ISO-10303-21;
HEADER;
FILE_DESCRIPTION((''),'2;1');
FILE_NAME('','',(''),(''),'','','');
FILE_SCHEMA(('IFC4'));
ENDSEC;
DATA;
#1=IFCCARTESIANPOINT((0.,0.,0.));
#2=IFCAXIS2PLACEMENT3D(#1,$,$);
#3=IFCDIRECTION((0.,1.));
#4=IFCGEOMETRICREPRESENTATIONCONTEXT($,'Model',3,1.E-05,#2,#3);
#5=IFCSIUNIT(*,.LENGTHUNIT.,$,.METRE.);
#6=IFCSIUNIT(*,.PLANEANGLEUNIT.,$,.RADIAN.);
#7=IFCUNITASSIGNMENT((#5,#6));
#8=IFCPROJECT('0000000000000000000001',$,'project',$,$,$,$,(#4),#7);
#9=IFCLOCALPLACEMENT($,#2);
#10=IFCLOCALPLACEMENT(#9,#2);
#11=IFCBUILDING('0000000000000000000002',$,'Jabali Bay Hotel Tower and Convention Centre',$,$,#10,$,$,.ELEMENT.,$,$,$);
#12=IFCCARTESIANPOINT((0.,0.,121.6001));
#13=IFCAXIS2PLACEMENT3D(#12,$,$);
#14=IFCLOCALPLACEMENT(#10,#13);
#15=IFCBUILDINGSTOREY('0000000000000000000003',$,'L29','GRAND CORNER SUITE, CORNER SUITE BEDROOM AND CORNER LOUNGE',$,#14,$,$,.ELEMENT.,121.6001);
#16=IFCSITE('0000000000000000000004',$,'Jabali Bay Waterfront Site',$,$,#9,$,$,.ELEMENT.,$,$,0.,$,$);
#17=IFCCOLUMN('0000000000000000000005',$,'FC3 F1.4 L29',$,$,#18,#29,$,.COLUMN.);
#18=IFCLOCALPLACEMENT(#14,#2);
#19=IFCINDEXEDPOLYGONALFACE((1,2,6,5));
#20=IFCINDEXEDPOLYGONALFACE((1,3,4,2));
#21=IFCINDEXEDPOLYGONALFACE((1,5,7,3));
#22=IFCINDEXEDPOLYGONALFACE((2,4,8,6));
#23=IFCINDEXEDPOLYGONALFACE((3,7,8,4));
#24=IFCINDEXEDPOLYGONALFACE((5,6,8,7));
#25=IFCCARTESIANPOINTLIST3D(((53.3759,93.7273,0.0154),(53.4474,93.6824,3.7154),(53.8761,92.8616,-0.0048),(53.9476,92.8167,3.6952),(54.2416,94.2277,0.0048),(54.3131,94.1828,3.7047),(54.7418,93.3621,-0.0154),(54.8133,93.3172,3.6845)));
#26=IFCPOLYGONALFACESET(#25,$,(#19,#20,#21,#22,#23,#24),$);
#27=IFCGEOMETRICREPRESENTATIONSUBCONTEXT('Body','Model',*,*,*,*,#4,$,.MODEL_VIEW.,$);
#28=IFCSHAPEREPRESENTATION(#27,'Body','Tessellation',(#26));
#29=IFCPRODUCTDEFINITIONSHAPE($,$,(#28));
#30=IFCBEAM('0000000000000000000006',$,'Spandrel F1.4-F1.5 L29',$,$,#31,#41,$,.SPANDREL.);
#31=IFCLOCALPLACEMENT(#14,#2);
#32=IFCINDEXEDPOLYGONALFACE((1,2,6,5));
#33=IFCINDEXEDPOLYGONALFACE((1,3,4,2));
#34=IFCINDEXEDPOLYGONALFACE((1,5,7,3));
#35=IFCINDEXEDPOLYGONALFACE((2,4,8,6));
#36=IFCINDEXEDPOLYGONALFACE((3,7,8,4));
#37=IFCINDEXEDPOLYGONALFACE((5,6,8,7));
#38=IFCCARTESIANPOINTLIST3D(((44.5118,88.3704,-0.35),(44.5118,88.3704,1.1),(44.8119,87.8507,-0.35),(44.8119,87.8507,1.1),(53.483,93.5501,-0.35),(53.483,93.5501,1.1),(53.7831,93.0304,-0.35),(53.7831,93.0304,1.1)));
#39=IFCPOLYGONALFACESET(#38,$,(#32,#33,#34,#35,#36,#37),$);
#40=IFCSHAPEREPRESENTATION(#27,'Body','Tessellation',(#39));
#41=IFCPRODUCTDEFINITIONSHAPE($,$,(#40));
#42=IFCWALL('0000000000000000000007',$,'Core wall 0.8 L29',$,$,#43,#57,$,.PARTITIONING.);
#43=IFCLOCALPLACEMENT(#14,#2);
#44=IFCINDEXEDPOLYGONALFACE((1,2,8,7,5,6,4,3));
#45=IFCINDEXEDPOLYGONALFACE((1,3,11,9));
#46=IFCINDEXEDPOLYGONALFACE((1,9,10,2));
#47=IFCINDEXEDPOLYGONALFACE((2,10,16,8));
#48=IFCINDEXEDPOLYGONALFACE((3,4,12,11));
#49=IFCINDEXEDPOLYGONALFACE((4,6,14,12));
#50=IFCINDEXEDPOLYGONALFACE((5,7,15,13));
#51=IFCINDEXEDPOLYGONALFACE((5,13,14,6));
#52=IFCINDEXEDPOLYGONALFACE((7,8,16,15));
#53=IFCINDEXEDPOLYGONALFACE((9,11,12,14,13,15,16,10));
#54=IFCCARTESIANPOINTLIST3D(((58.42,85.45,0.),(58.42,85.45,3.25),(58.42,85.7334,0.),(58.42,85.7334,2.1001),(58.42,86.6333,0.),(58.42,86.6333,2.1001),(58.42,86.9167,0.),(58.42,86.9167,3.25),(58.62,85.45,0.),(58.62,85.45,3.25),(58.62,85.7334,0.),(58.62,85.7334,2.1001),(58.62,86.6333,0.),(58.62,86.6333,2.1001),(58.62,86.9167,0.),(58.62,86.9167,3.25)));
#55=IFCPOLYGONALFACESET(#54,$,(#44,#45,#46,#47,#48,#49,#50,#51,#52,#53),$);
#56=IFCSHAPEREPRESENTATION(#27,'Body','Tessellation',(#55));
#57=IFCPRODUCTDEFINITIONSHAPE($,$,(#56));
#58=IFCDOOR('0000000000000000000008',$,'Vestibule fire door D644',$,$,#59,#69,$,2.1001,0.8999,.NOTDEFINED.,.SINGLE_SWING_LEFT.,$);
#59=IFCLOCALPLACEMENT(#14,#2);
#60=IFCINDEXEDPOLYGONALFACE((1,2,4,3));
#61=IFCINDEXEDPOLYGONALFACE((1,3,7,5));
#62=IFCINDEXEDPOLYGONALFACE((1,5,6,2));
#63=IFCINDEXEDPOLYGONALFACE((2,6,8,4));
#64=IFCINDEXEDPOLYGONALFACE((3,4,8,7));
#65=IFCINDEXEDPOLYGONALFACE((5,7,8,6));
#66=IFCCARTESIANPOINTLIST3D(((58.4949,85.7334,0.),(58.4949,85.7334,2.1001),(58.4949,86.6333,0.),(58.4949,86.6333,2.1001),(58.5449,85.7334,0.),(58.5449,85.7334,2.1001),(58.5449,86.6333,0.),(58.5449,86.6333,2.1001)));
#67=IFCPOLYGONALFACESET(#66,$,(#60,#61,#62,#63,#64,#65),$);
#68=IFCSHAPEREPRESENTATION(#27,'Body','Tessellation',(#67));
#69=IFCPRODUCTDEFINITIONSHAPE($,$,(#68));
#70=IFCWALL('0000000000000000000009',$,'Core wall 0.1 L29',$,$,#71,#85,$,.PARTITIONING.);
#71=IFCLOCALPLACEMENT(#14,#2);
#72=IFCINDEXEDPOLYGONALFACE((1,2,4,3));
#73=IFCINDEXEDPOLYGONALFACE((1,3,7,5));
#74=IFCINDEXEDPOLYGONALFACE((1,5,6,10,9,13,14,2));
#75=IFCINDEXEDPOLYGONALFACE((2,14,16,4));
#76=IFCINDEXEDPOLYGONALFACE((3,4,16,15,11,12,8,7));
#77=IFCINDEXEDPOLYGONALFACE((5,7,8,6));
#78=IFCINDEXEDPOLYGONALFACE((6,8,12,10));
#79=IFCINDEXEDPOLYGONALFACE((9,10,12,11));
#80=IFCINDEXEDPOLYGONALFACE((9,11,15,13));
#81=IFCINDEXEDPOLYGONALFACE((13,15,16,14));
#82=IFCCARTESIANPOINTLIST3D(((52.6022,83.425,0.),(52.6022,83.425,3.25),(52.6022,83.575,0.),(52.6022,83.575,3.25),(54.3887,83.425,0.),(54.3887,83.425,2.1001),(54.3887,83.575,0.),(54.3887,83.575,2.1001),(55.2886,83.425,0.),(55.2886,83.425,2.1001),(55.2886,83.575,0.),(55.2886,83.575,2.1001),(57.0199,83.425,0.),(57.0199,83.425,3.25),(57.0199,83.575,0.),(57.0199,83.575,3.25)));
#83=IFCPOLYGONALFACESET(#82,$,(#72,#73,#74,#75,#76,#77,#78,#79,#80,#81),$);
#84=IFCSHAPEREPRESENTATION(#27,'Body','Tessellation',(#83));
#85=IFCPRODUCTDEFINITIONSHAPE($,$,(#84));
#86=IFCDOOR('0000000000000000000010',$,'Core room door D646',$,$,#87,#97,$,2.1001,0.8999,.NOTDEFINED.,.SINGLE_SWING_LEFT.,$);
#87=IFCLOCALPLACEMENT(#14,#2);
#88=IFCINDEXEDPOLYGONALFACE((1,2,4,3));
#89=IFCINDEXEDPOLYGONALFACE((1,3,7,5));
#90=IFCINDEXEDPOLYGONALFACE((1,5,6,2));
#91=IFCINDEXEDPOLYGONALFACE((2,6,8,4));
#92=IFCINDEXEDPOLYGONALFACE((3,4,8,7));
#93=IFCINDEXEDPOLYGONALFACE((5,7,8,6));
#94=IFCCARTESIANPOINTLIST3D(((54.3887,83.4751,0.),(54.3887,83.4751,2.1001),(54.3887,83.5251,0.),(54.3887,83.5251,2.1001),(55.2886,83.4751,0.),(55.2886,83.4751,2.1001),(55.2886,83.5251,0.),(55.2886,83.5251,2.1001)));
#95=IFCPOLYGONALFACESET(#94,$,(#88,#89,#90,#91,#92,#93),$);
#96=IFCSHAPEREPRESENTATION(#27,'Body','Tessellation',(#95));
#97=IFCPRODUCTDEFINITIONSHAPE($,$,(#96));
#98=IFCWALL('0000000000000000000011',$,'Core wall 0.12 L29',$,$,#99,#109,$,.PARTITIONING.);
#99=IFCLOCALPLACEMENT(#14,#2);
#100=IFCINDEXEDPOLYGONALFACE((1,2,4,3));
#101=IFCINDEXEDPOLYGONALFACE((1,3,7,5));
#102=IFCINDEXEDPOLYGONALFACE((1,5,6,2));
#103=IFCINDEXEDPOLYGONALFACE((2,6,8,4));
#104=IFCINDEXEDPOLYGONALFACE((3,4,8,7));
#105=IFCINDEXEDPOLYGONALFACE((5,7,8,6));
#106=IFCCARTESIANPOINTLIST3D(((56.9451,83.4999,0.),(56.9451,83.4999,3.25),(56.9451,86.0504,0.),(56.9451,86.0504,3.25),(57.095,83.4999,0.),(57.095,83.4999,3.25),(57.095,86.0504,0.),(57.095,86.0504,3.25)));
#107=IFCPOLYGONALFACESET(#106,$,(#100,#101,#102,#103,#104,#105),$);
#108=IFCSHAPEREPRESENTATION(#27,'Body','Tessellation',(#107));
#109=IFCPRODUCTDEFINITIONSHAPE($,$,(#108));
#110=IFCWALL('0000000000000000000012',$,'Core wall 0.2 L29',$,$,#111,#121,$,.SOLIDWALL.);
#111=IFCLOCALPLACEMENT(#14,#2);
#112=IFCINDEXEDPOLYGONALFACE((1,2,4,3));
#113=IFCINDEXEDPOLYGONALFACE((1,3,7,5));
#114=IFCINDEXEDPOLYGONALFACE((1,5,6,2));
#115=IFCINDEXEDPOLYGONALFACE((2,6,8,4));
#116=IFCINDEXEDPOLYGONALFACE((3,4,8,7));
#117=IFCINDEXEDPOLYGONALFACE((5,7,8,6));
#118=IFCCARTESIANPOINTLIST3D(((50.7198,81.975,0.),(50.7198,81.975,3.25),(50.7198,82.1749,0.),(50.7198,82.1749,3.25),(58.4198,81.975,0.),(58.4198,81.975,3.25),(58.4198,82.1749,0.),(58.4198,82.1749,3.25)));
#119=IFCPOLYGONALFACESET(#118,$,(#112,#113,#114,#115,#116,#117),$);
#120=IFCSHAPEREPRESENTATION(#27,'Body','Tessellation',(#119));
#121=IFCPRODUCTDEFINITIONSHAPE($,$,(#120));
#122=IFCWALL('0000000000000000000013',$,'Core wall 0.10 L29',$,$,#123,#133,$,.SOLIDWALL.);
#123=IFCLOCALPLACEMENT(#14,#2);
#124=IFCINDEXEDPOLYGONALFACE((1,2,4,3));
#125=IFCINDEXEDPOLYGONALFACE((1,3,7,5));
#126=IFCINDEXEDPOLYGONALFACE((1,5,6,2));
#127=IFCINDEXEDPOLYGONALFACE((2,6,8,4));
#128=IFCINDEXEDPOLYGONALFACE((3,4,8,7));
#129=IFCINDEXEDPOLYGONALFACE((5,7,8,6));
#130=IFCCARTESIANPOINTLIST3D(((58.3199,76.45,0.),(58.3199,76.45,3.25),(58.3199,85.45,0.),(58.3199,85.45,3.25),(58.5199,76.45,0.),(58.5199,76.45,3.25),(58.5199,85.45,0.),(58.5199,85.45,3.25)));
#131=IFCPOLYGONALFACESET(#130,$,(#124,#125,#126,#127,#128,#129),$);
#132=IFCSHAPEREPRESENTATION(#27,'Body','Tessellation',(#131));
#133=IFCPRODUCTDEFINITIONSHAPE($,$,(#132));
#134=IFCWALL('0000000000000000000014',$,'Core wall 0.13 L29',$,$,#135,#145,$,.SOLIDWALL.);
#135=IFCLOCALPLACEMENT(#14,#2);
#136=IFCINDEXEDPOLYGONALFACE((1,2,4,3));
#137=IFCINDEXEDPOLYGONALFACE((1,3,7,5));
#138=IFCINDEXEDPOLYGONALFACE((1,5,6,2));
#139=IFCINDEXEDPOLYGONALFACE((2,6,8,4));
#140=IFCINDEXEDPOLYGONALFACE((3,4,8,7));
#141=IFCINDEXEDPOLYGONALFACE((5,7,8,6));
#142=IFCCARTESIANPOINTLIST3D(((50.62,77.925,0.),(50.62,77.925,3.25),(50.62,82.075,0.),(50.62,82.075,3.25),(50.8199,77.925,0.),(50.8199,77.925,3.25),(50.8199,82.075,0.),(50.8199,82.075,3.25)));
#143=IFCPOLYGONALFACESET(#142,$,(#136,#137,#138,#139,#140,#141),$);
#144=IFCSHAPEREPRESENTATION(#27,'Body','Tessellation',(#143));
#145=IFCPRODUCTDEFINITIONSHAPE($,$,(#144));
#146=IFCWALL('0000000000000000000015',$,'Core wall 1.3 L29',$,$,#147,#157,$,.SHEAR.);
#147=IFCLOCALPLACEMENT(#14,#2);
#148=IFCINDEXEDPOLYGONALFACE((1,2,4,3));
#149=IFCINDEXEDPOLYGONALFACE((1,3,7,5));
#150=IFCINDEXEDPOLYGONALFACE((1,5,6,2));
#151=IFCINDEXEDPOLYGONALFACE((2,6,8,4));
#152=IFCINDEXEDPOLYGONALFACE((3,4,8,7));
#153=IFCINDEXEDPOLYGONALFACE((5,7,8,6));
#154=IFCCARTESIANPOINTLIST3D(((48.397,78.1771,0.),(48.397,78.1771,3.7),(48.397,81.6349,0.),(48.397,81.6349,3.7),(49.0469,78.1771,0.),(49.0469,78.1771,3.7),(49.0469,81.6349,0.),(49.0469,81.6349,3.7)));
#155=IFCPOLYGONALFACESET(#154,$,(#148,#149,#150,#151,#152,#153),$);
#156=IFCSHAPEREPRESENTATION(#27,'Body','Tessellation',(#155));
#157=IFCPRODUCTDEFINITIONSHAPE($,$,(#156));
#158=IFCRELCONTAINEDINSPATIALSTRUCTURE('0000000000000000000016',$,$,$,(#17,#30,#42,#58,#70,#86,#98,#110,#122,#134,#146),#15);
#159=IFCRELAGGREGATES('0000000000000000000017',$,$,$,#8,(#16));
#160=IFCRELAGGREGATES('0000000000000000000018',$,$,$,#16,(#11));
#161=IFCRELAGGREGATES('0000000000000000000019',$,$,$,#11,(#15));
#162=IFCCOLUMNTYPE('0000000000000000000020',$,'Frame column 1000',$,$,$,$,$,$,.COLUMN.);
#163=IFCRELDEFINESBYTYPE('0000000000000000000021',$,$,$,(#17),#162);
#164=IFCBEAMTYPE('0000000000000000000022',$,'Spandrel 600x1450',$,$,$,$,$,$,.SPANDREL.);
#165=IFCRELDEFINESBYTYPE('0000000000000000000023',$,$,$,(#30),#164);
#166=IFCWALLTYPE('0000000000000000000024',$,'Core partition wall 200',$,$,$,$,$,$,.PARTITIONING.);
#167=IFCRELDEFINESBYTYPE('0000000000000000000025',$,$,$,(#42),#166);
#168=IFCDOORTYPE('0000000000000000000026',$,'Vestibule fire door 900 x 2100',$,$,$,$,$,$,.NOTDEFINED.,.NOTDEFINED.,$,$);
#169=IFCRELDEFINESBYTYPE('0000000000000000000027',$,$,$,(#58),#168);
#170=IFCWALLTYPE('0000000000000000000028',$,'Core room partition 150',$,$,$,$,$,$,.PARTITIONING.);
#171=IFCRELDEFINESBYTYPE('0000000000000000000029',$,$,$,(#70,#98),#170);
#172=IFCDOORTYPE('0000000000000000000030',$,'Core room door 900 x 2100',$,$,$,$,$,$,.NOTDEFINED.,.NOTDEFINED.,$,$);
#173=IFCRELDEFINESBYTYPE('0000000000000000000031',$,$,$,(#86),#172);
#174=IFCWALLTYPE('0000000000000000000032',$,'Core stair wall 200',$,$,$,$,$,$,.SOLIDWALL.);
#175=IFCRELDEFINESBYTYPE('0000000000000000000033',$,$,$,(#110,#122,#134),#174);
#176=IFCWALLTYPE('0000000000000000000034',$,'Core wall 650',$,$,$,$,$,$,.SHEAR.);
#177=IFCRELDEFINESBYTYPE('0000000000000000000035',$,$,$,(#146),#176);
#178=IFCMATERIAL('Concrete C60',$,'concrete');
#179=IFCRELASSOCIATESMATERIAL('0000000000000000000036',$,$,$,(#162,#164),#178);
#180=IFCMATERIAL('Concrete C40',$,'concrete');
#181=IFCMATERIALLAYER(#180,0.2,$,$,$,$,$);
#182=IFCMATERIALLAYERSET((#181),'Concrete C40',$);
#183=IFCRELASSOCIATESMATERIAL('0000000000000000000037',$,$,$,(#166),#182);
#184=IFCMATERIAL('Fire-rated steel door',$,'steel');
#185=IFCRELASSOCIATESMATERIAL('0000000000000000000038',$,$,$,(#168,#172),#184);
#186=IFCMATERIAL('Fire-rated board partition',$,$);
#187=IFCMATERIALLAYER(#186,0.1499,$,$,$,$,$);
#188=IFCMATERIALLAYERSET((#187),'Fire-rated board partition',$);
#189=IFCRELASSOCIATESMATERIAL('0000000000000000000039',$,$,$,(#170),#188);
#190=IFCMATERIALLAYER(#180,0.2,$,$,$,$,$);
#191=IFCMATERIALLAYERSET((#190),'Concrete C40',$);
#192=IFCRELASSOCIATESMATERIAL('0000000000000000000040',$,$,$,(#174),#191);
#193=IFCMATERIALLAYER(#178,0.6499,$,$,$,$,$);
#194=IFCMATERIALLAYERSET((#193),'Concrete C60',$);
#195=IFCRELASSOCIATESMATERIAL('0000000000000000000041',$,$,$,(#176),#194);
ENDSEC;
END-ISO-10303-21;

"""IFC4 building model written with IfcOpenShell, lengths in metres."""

from ifc_helpers import new_model, si_unit, direction, frame, frame_2d, origin, origin_2d, place, context, subcontext, project, spatial, rectangle, extrude, material, layer, layer_set, material_profile, profile_set, type_object, element, fill, save


model = new_model("IFC4")

# Units and contexts
model_context = context("Model", 3, precision=1e-05, world=origin(), true_north=direction((0.0, 1.0)))
body_context = subcontext(model_context, "Body", "Model", "MODEL_VIEW")
ifc_project = project(units=[si_unit("LENGTHUNIT", "METRE"), si_unit("PLANEANGLEUNIT", "RADIAN")], contexts=[model_context])

# Site, building, storey
site_placement = place(None, origin())
site = spatial("IfcSite", under=ifc_project, at=site_placement, Name="Jabali Bay Waterfront Site", CompositionType="ELEMENT", RefElevation=0.0)
building_placement = place(site_placement, origin())
building = spatial("IfcBuilding", under=site, at=building_placement, Name="Jabali Bay Hotel Tower and Convention Centre", CompositionType="ELEMENT")
storey_placement = place(building_placement, frame((0.0, 0.0, 121.6001)))
storey = spatial("IfcBuildingStorey", under=building, at=storey_placement, Name="L29", Description="GRAND CORNER SUITE, CORNER SUITE BEDROOM AND CORNER LOUNGE", CompositionType="ELEMENT", Elevation=121.6001)

# Column
ifc_material_1 = material(Name="Concrete C60", Category="concrete")
ifc_material_profile_1 = material_profile(ifc_material_1, rectangle(XDim=1.0, YDim=1.0, at=origin_2d()), Name="Frame column 1000")
ifc_profile_set_1 = profile_set([ifc_material_profile_1], Name="Concrete C60")
column_type = type_object("IfcColumnType", Name="Frame column 1000", PredefinedType="COLUMN", material=ifc_profile_set_1)
column_placement = place(storey_placement, frame((54.0588, 93.5447, 0.0), z_axis=(0.019329, -0.012138, 0.99974), x_axis=(-0.500209, 0.86567, 0.020181)))
element("IfcColumn", 1, at=column_placement, inside=storey, type_object=column_type, Name="FC3 F1.4 L29", PredefinedType="COLUMN", context=body_context, shape_type="SweptSolid", body=[
    extrude(rectangle(XDim=1.0, YDim=1.0, at=origin_2d()), origin(), (0.0, 0.0, 1.0), 3.7009),
])

# Beam
ifc_material_profile_2 = material_profile(ifc_material_1, rectangle(XDim=0.6001, YDim=1.45, at=origin_2d()), Name="Spandrel 600x1450")
ifc_profile_set_2 = profile_set([ifc_material_profile_2], Name="Concrete C60")
beam_type = type_object("IfcBeamType", Name="Spandrel 600x1450", PredefinedType="SPANDREL", material=ifc_profile_set_2)
beam_placement = place(storey_placement, frame((53.6331, 93.2903, 0.375), z_axis=(-0.866018, -0.500012, 0.0), x_axis=(0.500012, -0.866018, 0.0)))
element("IfcBeam", 2, at=beam_placement, inside=storey, type_object=beam_type, Name="Spandrel F1.4-F1.5 L29", PredefinedType="SPANDREL", context=body_context, shape_type="SweptSolid", body=[
    extrude(rectangle(XDim=0.6001, YDim=1.45, at=origin_2d()), origin(), (0.0, 0.0, 1.0), 10.3591),
])

# Walls, openings, doors
ifc_material_2 = material(Name="Concrete C40", Category="concrete")
ifc_layer_1 = layer(ifc_material_2, 0.2)
ifc_layer_set_1 = layer_set([ifc_layer_1], Name="Concrete C40")
wall_type_1 = type_object("IfcWallType", Name="Core partition wall 200", PredefinedType="PARTITIONING", material=ifc_layer_set_1)
wall_1_placement = place(storey_placement, frame((58.52, 86.9167, 0.0), z_axis=(0.0, 0.0, 1.0), x_axis=(0.0, -1.0, 0.0)))
wall_1 = element("IfcWall", 3, at=wall_1_placement, inside=storey, type_object=wall_type_1, Name="Core wall 0.8 L29", PredefinedType="PARTITIONING", context=body_context, shape_type="SweptSolid", body=[
    extrude(rectangle(XDim=1.4668, YDim=0.2, at=frame_2d((0.7334, 0.0))), origin(), (0.0, 0.0, 1.0), 3.25),
])
opening_1_placement = place(wall_1_placement, frame((0.2834, 0.0, 0.0)))
opening_1 = element("IfcOpeningElement", 4, at=opening_1_placement, cuts=wall_1, PredefinedType="OPENING", context=body_context, shape_type="SweptSolid", body=[
    extrude(rectangle(XDim=0.8999, YDim=2.1001, at=frame_2d((0.45, 1.05))), frame((0.0, 0.1104, 0.0), z_axis=(0.0, -1.0, 0.0), x_axis=(1.0, 0.0, 0.0)), (0.0, 0.0, 1.0), 0.2209),
])
ifc_material_3 = material(Name="Fire-rated steel door", Category="steel")
door_type_1 = type_object("IfcDoorType", Name="Vestibule fire door 900 x 2100", OperationType="NOTDEFINED", PredefinedType="NOTDEFINED", material=ifc_material_3)
door_1_placement = place(opening_1_placement, origin())
door_1 = element("IfcDoor", 5, at=door_1_placement, inside=storey, type_object=door_type_1, Name="Vestibule fire door D644", OperationType="SINGLE_SWING_LEFT", OverallHeight=2.1001, OverallWidth=0.8999, PredefinedType="NOTDEFINED", context=body_context, shape_type="SweptSolid", body=[
    extrude(rectangle(XDim=0.8999, YDim=2.1001, at=frame_2d((0.45, 1.05))), frame((0.0, 0.0249, 0.0), z_axis=(0.0, -1.0, 0.0), x_axis=(1.0, 0.0, 0.0)), (0.0, 0.0, 1.0), 0.05),
])
fill(opening_1, door_1)
ifc_material_4 = material(Name="Fire-rated board partition")
ifc_layer_2 = layer(ifc_material_4, 0.1499)
ifc_layer_set_2 = layer_set([ifc_layer_2], Name="Fire-rated board partition")
wall_type_2 = type_object("IfcWallType", Name="Core room partition 150", PredefinedType="PARTITIONING", material=ifc_layer_set_2)
wall_2_placement = place(storey_placement, frame((57.02, 83.5, 0.0), z_axis=(0.0, 0.0, 1.0), x_axis=(-1.0, 0.0, 0.0)))
wall_2 = element("IfcWall", 6, at=wall_2_placement, inside=storey, type_object=wall_type_2, Name="Core wall 0.1 L29", PredefinedType="PARTITIONING", context=body_context, shape_type="SweptSolid", body=[
    extrude(rectangle(XDim=4.4177, YDim=0.1499, at=frame_2d((2.209, 0.0))), origin(), (0.0, 0.0, 1.0), 3.25),
])
opening_2_placement = place(wall_2_placement, frame((1.7314, 0.0, 0.0)))
opening_2 = element("IfcOpeningElement", 7, at=opening_2_placement, cuts=wall_2, PredefinedType="OPENING", context=body_context, shape_type="SweptSolid", body=[
    extrude(rectangle(XDim=0.8999, YDim=2.1001, at=frame_2d((0.45, 1.05))), frame((0.0, 0.0854, 0.0), z_axis=(0.0, -1.0, 0.0), x_axis=(1.0, 0.0, 0.0)), (0.0, 0.0, 1.0), 0.1709),
])
door_type_2 = type_object("IfcDoorType", Name="Core room door 900 x 2100", OperationType="NOTDEFINED", PredefinedType="NOTDEFINED", material=ifc_material_3)
door_2_placement = place(opening_2_placement, origin())
door_2 = element("IfcDoor", 8, at=door_2_placement, inside=storey, type_object=door_type_2, Name="Core room door D646", OperationType="SINGLE_SWING_LEFT", OverallHeight=2.1001, OverallWidth=0.8999, PredefinedType="NOTDEFINED", context=body_context, shape_type="SweptSolid", body=[
    extrude(rectangle(XDim=0.8999, YDim=2.1001, at=frame_2d((0.45, 1.05))), frame((0.0, 0.0249, 0.0), z_axis=(0.0, -1.0, 0.0), x_axis=(1.0, 0.0, 0.0)), (0.0, 0.0, 1.0), 0.05),
])
fill(opening_2, door_2)

# Walls
wall_3_placement = place(storey_placement, frame((57.02, 86.0505, 0.0), z_axis=(0.0, 0.0, 1.0), x_axis=(0.0, -1.0, 0.0)))
element("IfcWall", 9, at=wall_3_placement, inside=storey, type_object=wall_type_2, Name="Core wall 0.12 L29", PredefinedType="PARTITIONING", context=body_context, shape_type="SweptSolid", body=[
    extrude(rectangle(XDim=2.5505, YDim=0.1499, at=frame_2d((1.2754, 0.0))), origin(), (0.0, 0.0, 1.0), 3.25),
])
ifc_layer_3 = layer(ifc_material_2, 0.2)
ifc_layer_set_3 = layer_set([ifc_layer_3], Name="Concrete C40")
wall_type_3 = type_object("IfcWallType", Name="Core stair wall 200", PredefinedType="SOLIDWALL", material=ifc_layer_set_3)
wall_4_placement = place(storey_placement, frame((58.4199, 82.075, 0.0), z_axis=(0.0, 0.0, 1.0), x_axis=(-1.0, 0.0, 0.0)))
element("IfcWall", 10, at=wall_4_placement, inside=storey, type_object=wall_type_3, Name="Core wall 0.2 L29", PredefinedType="SOLIDWALL", context=body_context, shape_type="SweptSolid", body=[
    extrude(rectangle(XDim=7.7, YDim=0.2, at=frame_2d((3.8501, 0.0))), origin(), (0.0, 0.0, 1.0), 3.25),
])
wall_5_placement = place(storey_placement, frame((58.4199, 85.45, 0.0), z_axis=(0.0, 0.0, 1.0), x_axis=(0.0, -1.0, 0.0)))
element("IfcWall", 11, at=wall_5_placement, inside=storey, type_object=wall_type_3, Name="Core wall 0.10 L29", PredefinedType="SOLIDWALL", context=body_context, shape_type="SweptSolid", body=[
    extrude(rectangle(XDim=9.0, YDim=0.2, at=frame_2d((4.5, 0.0))), origin(), (0.0, 0.0, 1.0), 3.25),
])
wall_6_placement = place(storey_placement, frame((50.72, 82.075, 0.0), z_axis=(0.0, 0.0, 1.0), x_axis=(0.0, -1.0, 0.0)))
element("IfcWall", 12, at=wall_6_placement, inside=storey, type_object=wall_type_3, Name="Core wall 0.13 L29", PredefinedType="SOLIDWALL", context=body_context, shape_type="SweptSolid", body=[
    extrude(rectangle(XDim=4.1499, YDim=0.2, at=frame_2d((2.075, 0.0))), origin(), (0.0, 0.0, 1.0), 3.25),
])
ifc_layer_4 = layer(ifc_material_1, 0.6499)
ifc_layer_set_4 = layer_set([ifc_layer_4], Name="Concrete C60")
wall_type_4 = type_object("IfcWallType", Name="Core wall 650", PredefinedType="SHEAR", material=ifc_layer_set_4)
wall_7_placement = place(storey_placement, frame((48.7219, 81.635, 0.0), z_axis=(0.0, 0.0, 1.0), x_axis=(0.0, -1.0, 0.0)))
element("IfcWall", 13, at=wall_7_placement, inside=storey, type_object=wall_type_4, Name="Core wall 1.3 L29", PredefinedType="SHEAR", context=body_context, shape_type="SweptSolid", body=[
    extrude(rectangle(XDim=3.4578, YDim=0.6499, at=frame_2d((1.729, 0.0))), origin(), (0.0, 0.0, 1.0), 3.7),
])

save(model, "model.ifc")
